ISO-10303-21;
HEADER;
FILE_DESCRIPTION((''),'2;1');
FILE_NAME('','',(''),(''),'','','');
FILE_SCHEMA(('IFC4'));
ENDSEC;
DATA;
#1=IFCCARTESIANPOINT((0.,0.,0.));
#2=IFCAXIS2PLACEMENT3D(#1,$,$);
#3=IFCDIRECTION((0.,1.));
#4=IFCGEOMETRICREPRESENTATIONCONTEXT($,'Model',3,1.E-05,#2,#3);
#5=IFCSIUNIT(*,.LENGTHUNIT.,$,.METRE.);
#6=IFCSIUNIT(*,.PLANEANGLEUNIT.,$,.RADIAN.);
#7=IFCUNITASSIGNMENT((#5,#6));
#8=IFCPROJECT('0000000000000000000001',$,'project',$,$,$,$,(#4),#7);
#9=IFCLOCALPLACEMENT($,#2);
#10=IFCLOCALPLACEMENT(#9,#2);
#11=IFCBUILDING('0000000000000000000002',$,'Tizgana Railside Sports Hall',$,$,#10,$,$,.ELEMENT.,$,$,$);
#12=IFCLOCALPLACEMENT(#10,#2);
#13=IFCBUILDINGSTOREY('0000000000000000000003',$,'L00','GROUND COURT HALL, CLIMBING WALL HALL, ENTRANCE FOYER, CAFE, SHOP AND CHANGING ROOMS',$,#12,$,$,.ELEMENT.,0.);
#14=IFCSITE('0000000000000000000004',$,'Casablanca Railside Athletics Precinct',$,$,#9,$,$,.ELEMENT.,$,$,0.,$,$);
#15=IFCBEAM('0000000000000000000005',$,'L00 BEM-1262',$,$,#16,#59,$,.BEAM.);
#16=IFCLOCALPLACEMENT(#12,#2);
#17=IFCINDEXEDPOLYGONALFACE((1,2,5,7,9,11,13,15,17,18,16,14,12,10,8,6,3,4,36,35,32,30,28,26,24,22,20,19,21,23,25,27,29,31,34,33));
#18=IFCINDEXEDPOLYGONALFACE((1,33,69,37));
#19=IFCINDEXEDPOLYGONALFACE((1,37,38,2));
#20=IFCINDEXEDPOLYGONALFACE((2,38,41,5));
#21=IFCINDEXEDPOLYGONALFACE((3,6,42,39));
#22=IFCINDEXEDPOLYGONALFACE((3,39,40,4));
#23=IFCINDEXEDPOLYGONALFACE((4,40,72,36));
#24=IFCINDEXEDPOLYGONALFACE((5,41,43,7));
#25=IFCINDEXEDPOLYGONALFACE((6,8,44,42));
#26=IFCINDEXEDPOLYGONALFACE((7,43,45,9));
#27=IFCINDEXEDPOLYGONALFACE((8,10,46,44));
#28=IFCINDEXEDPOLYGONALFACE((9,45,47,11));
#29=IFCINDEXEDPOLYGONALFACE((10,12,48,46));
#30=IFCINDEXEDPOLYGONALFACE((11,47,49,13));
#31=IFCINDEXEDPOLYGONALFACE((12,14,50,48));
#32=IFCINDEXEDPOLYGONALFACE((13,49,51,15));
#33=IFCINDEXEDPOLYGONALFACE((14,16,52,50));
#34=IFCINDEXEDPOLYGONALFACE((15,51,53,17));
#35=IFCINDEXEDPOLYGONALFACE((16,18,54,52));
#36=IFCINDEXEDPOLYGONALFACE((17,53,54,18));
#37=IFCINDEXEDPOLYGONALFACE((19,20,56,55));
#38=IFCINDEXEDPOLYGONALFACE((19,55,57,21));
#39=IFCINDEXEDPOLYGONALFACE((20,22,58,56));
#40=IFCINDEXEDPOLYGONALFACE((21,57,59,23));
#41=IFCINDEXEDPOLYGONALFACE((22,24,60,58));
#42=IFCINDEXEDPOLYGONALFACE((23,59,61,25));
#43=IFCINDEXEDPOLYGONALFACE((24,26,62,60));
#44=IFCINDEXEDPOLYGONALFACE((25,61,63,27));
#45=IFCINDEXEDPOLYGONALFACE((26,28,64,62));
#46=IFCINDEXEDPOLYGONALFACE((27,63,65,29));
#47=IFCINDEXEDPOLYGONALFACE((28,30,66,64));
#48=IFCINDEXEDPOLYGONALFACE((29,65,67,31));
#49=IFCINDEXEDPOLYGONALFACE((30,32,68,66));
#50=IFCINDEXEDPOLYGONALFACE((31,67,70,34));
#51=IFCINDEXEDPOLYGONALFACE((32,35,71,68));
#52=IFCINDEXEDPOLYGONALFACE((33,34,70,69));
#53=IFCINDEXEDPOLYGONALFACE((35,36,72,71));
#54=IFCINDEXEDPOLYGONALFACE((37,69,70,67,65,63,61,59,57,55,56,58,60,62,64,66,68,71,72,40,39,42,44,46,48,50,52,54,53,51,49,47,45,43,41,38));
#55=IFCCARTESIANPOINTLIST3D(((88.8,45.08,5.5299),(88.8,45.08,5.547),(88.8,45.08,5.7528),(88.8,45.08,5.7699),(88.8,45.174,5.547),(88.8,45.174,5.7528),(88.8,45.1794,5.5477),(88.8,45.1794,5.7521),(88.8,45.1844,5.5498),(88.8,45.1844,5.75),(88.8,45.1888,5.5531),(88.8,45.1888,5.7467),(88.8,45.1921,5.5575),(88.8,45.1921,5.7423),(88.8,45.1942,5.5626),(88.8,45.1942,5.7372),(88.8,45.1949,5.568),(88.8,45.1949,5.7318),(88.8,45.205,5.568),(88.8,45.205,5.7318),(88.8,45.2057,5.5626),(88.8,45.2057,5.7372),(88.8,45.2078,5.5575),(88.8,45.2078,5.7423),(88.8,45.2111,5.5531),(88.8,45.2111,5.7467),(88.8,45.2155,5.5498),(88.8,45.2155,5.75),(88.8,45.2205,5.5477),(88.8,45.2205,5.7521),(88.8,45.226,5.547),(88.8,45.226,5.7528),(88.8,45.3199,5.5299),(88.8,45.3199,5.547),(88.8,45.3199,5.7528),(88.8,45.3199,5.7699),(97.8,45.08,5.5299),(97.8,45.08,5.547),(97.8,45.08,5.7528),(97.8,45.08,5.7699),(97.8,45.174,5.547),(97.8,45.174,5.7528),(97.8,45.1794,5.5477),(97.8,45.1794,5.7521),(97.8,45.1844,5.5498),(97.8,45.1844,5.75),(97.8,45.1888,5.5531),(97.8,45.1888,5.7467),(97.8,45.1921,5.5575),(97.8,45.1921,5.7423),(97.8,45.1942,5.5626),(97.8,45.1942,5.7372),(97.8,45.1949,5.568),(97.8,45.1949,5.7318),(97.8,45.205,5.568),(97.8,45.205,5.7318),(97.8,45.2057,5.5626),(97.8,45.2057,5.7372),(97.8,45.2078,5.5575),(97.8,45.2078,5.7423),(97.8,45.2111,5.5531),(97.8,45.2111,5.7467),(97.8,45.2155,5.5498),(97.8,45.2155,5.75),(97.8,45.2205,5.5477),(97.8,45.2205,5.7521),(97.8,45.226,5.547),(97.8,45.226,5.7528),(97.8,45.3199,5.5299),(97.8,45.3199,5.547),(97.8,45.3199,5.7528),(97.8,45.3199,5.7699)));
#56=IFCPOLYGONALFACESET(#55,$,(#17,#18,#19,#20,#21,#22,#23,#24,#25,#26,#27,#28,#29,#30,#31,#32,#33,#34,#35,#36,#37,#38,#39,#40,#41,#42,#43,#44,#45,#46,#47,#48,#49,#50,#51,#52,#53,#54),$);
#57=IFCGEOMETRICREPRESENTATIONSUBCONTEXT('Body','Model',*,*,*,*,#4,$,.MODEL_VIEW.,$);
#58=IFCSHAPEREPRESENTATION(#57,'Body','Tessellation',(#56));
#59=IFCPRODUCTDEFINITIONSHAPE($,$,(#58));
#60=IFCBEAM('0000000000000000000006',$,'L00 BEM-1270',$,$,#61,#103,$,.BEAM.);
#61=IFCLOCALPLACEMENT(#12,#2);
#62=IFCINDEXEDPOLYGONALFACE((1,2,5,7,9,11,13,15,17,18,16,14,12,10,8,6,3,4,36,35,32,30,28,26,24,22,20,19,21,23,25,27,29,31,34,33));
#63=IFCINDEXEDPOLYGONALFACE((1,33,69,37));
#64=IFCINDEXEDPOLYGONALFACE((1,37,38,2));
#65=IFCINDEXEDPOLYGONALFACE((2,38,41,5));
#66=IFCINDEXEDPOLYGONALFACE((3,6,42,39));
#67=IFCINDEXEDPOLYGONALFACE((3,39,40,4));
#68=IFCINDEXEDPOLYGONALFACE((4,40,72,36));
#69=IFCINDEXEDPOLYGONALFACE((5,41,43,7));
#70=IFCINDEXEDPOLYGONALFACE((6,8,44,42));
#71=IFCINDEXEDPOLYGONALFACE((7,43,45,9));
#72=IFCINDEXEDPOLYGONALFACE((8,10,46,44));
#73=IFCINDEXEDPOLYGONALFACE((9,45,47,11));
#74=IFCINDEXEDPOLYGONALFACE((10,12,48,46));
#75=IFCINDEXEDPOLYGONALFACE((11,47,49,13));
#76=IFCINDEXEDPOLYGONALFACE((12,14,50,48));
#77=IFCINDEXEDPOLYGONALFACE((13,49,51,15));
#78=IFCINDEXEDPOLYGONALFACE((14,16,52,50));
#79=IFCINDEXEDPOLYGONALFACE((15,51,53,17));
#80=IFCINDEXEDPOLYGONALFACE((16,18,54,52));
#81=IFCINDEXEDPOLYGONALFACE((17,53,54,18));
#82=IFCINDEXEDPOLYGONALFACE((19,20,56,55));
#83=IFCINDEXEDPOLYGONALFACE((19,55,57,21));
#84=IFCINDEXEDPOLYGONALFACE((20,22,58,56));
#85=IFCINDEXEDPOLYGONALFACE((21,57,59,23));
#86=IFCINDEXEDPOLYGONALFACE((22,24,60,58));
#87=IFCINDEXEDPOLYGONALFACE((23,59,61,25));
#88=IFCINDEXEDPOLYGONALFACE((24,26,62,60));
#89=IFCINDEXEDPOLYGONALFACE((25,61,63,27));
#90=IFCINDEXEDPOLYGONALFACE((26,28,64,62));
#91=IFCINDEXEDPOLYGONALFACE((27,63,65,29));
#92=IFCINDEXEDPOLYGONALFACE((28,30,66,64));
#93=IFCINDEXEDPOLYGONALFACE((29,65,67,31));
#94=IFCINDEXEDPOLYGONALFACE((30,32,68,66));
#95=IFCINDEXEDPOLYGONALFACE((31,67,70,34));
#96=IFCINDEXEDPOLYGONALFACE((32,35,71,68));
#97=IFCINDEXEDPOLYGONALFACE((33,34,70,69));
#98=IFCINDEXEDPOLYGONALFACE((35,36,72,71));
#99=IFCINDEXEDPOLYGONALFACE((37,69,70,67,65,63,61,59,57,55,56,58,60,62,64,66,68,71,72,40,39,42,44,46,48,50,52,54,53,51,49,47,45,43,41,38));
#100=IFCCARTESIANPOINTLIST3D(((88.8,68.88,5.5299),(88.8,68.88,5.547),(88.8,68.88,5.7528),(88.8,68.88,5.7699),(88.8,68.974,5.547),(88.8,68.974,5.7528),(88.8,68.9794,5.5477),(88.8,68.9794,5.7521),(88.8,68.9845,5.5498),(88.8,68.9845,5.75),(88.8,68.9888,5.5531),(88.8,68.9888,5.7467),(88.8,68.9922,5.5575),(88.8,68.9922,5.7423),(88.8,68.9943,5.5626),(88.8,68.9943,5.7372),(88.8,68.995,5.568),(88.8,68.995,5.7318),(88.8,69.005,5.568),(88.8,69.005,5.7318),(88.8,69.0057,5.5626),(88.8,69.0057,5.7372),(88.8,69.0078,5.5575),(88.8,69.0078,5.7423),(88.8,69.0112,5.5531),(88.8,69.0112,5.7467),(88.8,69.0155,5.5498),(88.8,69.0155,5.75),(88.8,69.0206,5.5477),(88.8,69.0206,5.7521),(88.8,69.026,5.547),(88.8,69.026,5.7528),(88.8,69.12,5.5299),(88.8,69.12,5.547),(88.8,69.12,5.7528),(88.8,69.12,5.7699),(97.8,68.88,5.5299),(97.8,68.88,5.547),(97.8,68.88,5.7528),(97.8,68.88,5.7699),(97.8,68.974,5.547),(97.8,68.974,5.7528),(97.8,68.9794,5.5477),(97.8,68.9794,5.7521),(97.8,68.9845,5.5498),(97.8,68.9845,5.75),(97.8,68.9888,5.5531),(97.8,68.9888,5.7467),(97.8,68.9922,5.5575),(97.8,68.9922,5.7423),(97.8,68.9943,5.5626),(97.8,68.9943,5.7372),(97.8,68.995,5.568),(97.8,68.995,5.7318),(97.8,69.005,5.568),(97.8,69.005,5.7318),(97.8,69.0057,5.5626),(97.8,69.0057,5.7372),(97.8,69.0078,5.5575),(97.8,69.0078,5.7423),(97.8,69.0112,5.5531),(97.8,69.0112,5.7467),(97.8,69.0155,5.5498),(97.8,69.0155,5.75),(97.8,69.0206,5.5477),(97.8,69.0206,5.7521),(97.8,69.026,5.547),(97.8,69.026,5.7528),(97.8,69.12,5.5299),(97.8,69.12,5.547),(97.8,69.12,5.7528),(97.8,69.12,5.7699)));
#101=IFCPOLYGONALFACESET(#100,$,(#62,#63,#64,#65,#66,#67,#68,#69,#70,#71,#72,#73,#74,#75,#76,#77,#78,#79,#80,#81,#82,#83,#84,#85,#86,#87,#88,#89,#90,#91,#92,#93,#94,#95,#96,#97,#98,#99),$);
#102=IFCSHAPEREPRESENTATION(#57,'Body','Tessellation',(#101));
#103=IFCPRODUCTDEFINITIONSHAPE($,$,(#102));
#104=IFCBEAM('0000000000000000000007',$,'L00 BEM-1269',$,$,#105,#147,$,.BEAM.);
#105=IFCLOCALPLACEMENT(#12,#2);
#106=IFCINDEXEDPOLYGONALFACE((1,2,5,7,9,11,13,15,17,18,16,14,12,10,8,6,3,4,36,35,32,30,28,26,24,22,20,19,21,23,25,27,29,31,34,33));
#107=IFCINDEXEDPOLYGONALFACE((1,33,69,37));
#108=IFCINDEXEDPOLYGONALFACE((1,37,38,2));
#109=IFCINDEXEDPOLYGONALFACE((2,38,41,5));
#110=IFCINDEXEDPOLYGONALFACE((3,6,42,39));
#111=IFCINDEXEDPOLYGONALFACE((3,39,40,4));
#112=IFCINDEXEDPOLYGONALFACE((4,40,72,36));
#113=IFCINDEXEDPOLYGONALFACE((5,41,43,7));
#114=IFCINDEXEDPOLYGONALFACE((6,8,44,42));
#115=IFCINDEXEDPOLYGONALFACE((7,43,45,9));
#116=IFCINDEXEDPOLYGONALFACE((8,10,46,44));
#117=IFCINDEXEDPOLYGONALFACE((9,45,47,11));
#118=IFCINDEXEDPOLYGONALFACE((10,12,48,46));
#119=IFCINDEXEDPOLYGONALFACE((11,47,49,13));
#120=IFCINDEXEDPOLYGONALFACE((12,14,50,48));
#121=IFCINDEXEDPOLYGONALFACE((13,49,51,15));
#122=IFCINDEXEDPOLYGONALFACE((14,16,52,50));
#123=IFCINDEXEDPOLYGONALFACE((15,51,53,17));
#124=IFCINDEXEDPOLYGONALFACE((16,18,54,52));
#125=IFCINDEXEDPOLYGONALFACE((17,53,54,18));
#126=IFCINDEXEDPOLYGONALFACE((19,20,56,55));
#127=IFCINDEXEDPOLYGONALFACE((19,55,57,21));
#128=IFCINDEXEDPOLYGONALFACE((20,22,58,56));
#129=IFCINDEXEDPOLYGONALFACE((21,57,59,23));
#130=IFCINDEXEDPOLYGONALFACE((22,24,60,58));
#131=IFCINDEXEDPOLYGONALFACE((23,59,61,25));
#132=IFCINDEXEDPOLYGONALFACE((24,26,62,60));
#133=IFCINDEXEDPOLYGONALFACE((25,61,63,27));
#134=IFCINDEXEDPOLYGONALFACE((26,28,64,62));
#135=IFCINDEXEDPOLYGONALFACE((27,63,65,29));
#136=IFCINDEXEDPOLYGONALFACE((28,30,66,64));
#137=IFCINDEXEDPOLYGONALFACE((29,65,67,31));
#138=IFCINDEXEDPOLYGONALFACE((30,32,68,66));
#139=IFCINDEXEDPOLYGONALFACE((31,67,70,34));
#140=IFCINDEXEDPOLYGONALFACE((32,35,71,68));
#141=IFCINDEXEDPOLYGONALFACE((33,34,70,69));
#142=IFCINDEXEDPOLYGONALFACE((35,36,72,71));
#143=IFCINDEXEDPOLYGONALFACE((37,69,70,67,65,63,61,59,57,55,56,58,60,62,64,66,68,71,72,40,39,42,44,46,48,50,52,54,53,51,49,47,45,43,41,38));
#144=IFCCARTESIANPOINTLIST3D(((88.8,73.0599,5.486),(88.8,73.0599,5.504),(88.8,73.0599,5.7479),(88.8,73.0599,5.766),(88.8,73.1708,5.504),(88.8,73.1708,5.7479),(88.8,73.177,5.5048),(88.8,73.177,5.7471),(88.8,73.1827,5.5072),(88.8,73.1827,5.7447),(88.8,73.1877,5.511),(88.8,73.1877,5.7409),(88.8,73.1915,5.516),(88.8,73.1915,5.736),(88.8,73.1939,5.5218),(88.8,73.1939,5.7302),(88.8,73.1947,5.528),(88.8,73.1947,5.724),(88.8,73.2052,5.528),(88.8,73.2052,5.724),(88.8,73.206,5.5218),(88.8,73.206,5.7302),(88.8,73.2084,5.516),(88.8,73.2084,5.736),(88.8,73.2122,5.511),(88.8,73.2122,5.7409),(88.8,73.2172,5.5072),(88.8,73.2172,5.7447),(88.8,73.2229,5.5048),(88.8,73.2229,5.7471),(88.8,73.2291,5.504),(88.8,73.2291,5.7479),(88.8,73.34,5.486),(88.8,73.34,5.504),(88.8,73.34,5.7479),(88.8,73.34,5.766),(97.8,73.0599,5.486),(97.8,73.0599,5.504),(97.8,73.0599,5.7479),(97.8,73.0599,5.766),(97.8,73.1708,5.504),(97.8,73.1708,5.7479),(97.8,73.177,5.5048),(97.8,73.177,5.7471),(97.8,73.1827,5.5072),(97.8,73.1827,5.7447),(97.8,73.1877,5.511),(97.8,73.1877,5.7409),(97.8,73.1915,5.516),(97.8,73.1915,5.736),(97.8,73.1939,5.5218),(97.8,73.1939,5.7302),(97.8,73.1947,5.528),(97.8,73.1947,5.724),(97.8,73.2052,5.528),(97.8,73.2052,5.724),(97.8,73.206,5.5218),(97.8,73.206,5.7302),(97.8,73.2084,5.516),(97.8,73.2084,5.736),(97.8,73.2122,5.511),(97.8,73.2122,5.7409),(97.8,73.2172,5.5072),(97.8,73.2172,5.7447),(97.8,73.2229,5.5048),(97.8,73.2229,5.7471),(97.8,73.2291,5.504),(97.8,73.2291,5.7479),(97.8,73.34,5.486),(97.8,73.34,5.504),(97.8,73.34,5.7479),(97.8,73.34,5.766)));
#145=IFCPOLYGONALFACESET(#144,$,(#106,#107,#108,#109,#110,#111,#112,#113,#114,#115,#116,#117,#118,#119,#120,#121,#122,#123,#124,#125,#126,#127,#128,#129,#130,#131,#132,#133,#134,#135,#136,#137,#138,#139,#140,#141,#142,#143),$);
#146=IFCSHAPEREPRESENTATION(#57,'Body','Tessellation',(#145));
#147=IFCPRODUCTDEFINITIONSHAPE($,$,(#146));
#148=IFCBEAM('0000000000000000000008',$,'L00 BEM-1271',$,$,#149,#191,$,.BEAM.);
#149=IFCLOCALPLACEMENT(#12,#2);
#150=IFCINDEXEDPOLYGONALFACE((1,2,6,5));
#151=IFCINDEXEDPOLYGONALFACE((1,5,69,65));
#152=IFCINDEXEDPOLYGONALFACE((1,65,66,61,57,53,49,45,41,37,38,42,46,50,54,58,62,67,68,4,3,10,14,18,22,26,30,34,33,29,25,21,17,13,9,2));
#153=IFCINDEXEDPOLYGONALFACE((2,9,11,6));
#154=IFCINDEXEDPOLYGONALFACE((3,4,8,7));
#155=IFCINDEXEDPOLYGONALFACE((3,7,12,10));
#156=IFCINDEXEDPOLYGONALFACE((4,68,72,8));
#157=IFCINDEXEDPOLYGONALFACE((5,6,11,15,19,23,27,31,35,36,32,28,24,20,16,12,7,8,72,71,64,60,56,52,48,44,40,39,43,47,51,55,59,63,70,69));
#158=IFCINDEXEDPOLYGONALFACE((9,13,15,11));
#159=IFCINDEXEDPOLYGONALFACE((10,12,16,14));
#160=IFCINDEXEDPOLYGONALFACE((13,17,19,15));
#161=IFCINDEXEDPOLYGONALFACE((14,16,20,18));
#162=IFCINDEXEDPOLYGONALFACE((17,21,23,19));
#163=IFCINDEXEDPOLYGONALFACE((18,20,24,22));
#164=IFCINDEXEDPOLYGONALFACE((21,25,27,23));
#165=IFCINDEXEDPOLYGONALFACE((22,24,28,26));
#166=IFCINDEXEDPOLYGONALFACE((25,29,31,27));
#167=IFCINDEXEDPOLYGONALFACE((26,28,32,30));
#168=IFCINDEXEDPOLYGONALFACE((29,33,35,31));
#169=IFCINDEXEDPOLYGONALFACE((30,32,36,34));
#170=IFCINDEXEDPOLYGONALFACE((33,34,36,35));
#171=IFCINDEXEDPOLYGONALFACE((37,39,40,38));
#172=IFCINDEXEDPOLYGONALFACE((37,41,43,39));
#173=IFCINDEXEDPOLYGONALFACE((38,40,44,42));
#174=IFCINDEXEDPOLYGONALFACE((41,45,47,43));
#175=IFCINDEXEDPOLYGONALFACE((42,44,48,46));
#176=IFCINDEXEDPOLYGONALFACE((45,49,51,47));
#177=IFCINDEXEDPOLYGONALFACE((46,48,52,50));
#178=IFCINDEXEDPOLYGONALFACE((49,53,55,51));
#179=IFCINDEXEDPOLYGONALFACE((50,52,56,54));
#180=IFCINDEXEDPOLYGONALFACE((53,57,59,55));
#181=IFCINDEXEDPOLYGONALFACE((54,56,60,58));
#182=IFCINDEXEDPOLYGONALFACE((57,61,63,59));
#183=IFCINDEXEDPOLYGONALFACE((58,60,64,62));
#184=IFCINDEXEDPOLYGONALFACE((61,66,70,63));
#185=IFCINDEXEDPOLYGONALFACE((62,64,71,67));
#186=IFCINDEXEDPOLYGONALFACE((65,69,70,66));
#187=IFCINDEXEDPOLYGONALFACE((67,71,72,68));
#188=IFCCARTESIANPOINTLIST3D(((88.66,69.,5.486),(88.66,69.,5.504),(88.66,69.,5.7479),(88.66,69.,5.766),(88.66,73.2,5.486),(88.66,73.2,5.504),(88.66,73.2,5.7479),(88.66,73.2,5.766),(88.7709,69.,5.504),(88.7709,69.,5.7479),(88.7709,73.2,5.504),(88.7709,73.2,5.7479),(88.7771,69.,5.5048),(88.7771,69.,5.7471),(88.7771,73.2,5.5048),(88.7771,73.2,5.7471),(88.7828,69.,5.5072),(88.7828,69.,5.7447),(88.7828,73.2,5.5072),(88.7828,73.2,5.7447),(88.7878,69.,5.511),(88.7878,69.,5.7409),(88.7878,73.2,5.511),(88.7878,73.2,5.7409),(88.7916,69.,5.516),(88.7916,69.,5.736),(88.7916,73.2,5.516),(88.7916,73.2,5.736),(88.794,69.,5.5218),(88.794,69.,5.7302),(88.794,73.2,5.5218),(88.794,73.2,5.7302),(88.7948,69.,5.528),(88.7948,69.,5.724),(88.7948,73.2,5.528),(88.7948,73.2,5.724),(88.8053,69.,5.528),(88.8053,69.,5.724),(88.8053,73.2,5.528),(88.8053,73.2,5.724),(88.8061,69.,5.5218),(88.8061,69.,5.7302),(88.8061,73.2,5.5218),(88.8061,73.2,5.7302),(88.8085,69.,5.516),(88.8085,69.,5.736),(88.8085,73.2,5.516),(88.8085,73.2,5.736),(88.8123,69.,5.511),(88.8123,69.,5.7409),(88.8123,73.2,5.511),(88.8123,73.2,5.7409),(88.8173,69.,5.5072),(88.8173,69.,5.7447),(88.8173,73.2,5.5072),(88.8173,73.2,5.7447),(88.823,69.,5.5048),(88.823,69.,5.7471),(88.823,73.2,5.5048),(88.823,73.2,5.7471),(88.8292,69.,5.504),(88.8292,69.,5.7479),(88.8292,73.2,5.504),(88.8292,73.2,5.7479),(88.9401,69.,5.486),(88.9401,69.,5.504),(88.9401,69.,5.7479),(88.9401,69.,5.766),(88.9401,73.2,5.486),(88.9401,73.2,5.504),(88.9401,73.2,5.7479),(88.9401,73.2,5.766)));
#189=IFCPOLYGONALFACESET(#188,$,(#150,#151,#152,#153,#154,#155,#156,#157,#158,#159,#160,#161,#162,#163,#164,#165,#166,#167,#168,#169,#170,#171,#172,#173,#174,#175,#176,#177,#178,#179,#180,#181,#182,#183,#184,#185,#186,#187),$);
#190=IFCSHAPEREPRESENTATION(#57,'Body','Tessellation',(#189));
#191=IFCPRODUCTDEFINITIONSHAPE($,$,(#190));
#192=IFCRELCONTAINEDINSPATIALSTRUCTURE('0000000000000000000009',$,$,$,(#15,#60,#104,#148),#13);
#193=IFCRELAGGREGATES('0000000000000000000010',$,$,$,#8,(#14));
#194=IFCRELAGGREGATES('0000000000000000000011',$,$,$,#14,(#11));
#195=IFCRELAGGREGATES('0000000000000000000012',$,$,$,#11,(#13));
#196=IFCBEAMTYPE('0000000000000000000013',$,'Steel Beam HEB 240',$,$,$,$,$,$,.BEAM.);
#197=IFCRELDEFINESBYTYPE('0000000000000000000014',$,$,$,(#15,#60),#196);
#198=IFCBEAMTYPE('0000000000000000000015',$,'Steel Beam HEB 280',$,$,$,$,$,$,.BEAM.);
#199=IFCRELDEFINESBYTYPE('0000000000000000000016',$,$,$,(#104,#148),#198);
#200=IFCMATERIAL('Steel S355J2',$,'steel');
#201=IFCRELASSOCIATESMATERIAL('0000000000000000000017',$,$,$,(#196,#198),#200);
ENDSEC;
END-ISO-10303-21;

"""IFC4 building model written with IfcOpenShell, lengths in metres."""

from ifc_helpers import new_model, si_unit, direction, frame, origin, origin_2d, place, context, subcontext, project, spatial, i_section, extrude, material, material_profile, profile_set, type_object, element, save


model = new_model("IFC4")

# Units and contexts
model_context = context("Model", 3, precision=1e-05, world=origin(), true_north=direction((0.0, 1.0)))
body_context = subcontext(model_context, "Body", "Model", "MODEL_VIEW")
ifc_project = project(units=[si_unit("LENGTHUNIT", "METRE"), si_unit("PLANEANGLEUNIT", "RADIAN")], contexts=[model_context])

# Site, building, storey
site_placement = place(None, origin())
site = spatial("IfcSite", under=ifc_project, at=site_placement, Name="Casablanca Railside Athletics Precinct", CompositionType="ELEMENT", RefElevation=0.0)
building_placement = place(site_placement, origin())
building = spatial("IfcBuilding", under=site, at=building_placement, Name="Tizgana Railside Sports Hall", CompositionType="ELEMENT")
storey_placement = place(building_placement, origin())
storey = spatial("IfcBuildingStorey", under=building, at=storey_placement, Name="L00", Description="GROUND COURT HALL, CLIMBING WALL HALL, ENTRANCE FOYER, CAFE, SHOP AND CHANGING ROOMS", CompositionType="ELEMENT", Elevation=0.0)

# Beams
ifc_material_1 = material(Name="Steel S355J2", Category="steel")
ifc_material_profile_1 = material_profile(ifc_material_1, i_section(OverallWidth=0.24, OverallDepth=0.24, WebThickness=0.01, FlangeThickness=0.0171, FilletRadius=0.021, at=origin_2d()), Name="HEB 240")
ifc_profile_set_1 = profile_set([ifc_material_profile_1], Name="Steel S355J2")
beam_type_1 = type_object("IfcBeamType", Name="Steel Beam HEB 240", PredefinedType="BEAM", material=ifc_profile_set_1)
for number, where, z_axis, x_axis, name in (
    (1, (88.8, 45.2, 5.6499), (1.0, 0.0, 0.0), (0.0, 1.0, 0.0), "L00 BEM-1262"),
    (2, (88.8, 69.0, 5.6499), (1.0, 0.0, 0.0), (0.0, 1.0, 0.0), "L00 BEM-1270"),
):
    element("IfcBeam", number, at=place(storey_placement, frame(where, z_axis=z_axis, x_axis=x_axis)), inside=storey, type_object=beam_type_1, Name=name, PredefinedType="BEAM", context=body_context, shape_type="SweptSolid", body=[
        extrude(i_section(OverallWidth=0.24, OverallDepth=0.24, WebThickness=0.01, FlangeThickness=0.0171, FilletRadius=0.021, at=origin_2d()), origin(), (0.0, 0.0, 1.0), 9.0),
    ])
ifc_material_profile_2 = material_profile(ifc_material_1, i_section(OverallWidth=0.28, OverallDepth=0.28, WebThickness=0.0105, FlangeThickness=0.0181, FilletRadius=0.0239, at=origin_2d()), Name="HEB 280")
ifc_profile_set_2 = profile_set([ifc_material_profile_2], Name="Steel S355J2")
beam_type_2 = type_object("IfcBeamType", Name="Steel Beam HEB 280", PredefinedType="BEAM", material=ifc_profile_set_2)
beam_1_placement = place(storey_placement, frame((88.8, 73.2, 5.626), z_axis=(1.0, 0.0, 0.0), x_axis=(0.0, 1.0, 0.0)))
element("IfcBeam", 3, at=beam_1_placement, inside=storey, type_object=beam_type_2, Name="L00 BEM-1269", PredefinedType="BEAM", context=body_context, shape_type="SweptSolid", body=[
    extrude(i_section(OverallWidth=0.28, OverallDepth=0.28, WebThickness=0.0105, FlangeThickness=0.0181, FilletRadius=0.0239, at=origin_2d()), origin(), (0.0, 0.0, 1.0), 9.0),
])
beam_2_placement = place(storey_placement, frame((88.8, 73.2, 5.626), z_axis=(0.0, -1.0, 0.0), x_axis=(1.0, 0.0, 0.0)))
element("IfcBeam", 4, at=beam_2_placement, inside=storey, type_object=beam_type_2, Name="L00 BEM-1271", PredefinedType="BEAM", context=body_context, shape_type="SweptSolid", body=[
    extrude(i_section(OverallWidth=0.28, OverallDepth=0.28, WebThickness=0.0105, FlangeThickness=0.0181, FilletRadius=0.0239, at=origin_2d()), origin(), (0.0, 0.0, 1.0), 4.2),
])

save(model, "model.ifc")
